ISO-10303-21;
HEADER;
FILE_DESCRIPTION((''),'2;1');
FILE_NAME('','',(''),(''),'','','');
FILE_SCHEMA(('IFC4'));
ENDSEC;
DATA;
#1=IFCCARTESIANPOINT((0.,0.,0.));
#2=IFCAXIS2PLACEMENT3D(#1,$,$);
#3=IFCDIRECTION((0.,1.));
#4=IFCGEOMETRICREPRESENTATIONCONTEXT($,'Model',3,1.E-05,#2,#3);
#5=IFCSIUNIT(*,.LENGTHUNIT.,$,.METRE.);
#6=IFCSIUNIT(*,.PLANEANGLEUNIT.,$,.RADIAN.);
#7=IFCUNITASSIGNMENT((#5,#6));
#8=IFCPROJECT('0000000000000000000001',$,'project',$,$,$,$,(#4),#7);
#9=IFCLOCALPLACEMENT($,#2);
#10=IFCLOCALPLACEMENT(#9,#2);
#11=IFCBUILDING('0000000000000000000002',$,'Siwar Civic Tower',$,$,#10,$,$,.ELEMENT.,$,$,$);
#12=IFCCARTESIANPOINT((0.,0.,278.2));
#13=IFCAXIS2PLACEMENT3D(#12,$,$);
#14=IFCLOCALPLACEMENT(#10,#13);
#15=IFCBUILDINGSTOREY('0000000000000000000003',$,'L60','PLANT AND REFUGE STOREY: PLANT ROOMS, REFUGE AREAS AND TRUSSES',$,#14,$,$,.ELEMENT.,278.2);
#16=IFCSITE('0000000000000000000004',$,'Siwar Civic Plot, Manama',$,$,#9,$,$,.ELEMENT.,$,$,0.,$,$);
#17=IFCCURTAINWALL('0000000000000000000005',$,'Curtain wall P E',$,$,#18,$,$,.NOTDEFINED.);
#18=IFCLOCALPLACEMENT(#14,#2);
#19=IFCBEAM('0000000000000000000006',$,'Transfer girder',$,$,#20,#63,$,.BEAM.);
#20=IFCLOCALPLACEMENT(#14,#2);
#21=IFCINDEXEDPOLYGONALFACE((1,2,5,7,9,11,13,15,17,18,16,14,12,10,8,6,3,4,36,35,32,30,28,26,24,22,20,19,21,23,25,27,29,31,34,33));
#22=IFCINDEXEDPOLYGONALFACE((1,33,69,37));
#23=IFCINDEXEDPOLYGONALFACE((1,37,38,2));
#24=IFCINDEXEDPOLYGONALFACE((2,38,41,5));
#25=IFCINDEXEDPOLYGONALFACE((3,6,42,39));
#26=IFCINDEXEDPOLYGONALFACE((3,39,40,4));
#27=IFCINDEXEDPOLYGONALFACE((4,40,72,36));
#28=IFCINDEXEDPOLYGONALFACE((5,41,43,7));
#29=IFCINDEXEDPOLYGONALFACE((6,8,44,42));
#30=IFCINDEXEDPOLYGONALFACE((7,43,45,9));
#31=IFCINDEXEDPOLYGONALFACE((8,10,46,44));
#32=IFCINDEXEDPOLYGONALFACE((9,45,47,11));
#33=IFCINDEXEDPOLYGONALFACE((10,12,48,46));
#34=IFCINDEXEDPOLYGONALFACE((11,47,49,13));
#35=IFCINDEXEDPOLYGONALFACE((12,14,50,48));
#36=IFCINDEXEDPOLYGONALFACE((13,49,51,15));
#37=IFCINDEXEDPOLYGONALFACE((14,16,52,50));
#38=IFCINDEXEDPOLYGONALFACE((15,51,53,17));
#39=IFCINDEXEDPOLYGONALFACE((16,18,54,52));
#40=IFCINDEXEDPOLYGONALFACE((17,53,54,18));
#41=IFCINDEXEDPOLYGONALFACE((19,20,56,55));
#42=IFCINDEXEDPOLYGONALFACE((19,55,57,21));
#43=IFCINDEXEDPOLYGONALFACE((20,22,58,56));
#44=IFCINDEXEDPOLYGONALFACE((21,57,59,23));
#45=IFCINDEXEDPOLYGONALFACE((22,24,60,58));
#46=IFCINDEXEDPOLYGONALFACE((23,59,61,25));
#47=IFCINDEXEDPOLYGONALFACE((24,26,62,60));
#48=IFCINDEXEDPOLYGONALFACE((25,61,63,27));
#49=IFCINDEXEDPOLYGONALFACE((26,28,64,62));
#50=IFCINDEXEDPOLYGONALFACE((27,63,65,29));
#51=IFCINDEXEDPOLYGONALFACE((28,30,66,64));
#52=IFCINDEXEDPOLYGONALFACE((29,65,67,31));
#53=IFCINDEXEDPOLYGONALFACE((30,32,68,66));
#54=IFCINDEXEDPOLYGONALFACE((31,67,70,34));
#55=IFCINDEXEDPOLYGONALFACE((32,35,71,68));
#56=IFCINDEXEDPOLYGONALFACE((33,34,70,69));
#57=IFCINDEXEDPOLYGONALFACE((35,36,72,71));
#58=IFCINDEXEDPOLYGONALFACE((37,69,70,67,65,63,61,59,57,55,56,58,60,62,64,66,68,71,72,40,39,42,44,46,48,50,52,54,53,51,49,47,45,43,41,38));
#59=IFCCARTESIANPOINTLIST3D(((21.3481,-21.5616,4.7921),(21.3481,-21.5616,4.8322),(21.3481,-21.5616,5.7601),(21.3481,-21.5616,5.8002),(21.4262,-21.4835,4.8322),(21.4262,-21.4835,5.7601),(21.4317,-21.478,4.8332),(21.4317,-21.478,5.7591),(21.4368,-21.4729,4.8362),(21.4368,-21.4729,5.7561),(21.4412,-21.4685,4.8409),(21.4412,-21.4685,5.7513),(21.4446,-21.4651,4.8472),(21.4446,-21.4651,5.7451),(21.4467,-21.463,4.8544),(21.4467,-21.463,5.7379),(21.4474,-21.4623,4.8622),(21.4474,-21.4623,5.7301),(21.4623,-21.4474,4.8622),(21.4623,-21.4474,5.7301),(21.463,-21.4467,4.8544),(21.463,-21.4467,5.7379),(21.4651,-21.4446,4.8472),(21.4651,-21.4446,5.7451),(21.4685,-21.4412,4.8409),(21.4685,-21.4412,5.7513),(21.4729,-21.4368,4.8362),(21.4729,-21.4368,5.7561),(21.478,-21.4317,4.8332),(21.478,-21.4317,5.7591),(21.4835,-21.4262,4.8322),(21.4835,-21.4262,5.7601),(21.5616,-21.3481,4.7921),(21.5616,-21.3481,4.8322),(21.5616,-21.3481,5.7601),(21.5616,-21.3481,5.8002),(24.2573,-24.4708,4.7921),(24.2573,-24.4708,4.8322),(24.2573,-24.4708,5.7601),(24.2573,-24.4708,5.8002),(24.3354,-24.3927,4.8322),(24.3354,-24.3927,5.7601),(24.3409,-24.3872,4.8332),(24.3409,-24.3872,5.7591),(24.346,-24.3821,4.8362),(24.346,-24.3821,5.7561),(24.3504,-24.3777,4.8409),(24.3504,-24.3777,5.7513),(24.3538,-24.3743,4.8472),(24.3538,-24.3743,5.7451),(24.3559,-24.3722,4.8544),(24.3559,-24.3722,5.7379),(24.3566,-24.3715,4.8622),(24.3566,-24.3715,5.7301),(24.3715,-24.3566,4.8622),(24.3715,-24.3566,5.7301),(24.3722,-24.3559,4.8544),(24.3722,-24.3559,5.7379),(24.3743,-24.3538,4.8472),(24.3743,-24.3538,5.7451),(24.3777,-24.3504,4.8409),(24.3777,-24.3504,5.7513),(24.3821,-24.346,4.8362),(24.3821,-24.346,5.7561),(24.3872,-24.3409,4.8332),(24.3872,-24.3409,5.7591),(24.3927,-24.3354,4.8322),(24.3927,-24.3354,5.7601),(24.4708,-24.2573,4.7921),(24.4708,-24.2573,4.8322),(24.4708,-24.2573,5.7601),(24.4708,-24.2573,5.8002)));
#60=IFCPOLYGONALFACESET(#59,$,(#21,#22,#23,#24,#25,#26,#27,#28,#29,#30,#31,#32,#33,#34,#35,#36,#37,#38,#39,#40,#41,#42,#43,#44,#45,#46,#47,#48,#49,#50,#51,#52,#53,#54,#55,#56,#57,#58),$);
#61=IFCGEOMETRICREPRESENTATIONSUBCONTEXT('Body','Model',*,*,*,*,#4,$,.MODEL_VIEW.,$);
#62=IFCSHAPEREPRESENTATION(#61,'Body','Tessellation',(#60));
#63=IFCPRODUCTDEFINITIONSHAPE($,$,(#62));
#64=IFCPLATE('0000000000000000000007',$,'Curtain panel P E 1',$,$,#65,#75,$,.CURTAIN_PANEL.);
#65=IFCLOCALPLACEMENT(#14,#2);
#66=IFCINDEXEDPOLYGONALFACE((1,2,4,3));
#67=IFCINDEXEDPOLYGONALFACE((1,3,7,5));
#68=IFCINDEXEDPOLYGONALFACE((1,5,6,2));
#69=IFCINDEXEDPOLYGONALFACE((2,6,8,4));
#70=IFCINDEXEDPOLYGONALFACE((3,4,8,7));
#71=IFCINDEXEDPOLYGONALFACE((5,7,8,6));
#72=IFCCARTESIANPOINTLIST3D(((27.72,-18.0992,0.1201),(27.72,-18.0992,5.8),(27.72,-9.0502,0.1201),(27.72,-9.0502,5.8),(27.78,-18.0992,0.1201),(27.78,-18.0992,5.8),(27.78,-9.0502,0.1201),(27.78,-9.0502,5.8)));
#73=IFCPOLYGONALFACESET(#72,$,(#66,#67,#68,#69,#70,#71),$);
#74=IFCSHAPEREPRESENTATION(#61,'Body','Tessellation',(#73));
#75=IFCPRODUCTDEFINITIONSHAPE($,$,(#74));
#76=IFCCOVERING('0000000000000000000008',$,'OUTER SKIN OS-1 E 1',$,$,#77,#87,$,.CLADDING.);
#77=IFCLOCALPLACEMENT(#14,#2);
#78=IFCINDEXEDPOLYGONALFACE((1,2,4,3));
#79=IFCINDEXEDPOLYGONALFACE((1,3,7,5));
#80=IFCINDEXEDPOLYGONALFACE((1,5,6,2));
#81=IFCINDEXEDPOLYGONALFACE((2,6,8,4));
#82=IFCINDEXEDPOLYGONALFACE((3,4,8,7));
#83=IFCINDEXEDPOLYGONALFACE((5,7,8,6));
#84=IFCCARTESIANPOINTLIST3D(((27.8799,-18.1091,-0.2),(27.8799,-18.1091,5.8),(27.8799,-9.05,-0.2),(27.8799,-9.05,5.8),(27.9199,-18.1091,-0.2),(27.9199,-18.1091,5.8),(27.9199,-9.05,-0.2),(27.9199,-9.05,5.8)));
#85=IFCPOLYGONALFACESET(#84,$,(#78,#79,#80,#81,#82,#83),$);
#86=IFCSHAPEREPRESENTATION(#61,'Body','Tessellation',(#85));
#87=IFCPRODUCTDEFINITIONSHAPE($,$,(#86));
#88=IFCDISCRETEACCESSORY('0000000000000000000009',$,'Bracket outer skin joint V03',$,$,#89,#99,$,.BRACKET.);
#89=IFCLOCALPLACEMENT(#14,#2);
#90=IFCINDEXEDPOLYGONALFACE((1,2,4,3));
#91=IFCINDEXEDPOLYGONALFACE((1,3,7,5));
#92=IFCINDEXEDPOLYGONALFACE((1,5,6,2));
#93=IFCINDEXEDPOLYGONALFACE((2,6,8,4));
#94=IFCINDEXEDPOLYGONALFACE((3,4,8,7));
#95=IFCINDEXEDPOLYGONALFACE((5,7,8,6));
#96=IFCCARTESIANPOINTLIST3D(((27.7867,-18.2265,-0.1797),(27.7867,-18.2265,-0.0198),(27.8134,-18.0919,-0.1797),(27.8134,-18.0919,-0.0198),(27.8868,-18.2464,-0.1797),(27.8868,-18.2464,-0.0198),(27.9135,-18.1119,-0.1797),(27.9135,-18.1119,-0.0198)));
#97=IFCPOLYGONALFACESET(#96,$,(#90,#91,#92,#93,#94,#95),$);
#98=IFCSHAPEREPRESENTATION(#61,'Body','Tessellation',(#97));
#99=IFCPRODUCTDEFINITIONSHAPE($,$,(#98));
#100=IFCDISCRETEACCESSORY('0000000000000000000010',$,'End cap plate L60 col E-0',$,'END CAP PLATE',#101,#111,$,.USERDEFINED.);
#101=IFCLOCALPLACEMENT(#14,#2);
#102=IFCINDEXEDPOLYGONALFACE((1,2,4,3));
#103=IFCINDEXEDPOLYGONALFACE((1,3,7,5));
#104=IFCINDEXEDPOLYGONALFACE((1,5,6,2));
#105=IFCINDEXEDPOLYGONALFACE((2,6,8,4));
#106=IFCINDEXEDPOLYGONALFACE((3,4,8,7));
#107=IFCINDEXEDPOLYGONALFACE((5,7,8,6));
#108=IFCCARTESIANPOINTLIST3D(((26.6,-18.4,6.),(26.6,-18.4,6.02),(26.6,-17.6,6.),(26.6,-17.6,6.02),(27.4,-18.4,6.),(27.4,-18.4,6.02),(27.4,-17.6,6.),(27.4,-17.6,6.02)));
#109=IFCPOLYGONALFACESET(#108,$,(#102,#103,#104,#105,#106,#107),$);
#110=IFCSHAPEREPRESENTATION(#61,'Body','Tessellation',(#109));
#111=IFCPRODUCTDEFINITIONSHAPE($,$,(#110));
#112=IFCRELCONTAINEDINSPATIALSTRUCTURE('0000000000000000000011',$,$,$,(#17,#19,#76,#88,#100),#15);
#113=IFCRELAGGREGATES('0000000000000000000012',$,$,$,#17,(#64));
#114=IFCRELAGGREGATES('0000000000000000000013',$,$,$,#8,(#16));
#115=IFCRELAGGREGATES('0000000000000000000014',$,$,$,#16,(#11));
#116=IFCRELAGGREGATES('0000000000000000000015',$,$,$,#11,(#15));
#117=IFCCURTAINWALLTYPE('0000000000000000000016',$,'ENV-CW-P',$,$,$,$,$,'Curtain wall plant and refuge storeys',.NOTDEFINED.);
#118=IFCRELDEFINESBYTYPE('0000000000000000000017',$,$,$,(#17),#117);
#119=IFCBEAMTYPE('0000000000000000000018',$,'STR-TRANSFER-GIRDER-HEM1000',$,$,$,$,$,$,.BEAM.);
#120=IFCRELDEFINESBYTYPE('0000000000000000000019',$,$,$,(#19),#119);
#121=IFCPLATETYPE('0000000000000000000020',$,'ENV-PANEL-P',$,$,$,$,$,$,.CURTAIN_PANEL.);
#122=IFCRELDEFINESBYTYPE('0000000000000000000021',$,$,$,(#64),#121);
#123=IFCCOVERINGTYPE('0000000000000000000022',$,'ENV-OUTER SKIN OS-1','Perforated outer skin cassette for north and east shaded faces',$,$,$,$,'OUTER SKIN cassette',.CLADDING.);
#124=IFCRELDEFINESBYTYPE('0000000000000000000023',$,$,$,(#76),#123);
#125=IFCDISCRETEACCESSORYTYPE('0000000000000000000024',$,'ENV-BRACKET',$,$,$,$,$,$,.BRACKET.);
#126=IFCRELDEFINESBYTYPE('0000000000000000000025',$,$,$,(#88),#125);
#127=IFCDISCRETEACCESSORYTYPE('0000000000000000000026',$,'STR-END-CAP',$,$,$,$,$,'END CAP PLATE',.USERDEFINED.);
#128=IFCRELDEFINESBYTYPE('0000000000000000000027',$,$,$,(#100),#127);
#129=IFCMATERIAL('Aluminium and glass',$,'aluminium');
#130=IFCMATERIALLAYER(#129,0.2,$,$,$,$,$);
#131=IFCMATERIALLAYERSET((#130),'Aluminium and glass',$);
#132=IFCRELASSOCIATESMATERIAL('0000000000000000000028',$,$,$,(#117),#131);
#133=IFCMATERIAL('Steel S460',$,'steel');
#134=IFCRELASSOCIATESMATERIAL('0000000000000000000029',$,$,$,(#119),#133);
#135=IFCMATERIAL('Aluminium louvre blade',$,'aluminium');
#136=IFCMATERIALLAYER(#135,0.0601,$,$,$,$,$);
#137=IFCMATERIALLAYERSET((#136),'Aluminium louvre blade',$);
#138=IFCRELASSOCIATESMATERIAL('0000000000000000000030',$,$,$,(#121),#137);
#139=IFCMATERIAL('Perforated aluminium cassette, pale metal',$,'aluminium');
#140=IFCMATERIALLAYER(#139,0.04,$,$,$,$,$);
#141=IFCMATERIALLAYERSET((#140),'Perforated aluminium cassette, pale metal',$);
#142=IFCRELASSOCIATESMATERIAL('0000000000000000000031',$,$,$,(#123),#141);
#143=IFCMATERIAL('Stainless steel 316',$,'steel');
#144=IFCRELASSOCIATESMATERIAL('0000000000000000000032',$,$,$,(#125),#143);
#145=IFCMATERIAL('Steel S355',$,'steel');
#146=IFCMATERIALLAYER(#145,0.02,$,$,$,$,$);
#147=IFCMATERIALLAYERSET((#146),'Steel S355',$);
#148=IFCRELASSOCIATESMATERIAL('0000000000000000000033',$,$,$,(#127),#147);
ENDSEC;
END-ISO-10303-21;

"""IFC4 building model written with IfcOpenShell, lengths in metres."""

from ifc_helpers import new_model, si_unit, direction, frame, origin, origin_2d, place, context, subcontext, project, spatial, rectangle, i_section, extrude, material, layer, layer_set, material_profile, profile_set, type_object, element, aggregate, save


model = new_model("IFC4")

# Units and contexts
model_context = context("Model", 3, precision=1e-05, world=origin(), true_north=direction((0.0, 1.0)))
body_context = subcontext(model_context, "Body", "Model", "MODEL_VIEW")
ifc_project = project(units=[si_unit("LENGTHUNIT", "METRE"), si_unit("PLANEANGLEUNIT", "RADIAN")], contexts=[model_context])

# Site, building, storey
site_placement = place(None, origin())
site = spatial("IfcSite", under=ifc_project, at=site_placement, Name="Siwar Civic Plot, Manama", CompositionType="ELEMENT", RefElevation=0.0)
building_placement = place(site_placement, origin())
building = spatial("IfcBuilding", under=site, at=building_placement, Name="Siwar Civic Tower", CompositionType="ELEMENT")
storey_placement = place(building_placement, frame((0.0, 0.0, 278.2)))
storey = spatial("IfcBuildingStorey", under=building, at=storey_placement, Name="L60", Description="PLANT AND REFUGE STOREY: PLANT ROOMS, REFUGE AREAS AND TRUSSES", CompositionType="ELEMENT", Elevation=278.2)

# Curtain wall
ifc_material_1 = material(Name="Aluminium and glass", Category="aluminium")
ifc_layer_1 = layer(ifc_material_1, 0.2)
ifc_layer_set_1 = layer_set([ifc_layer_1], Name="Aluminium and glass")
curtain_wall_type = type_object("IfcCurtainWallType", Name="ENV-CW-P", ElementType="Curtain wall plant and refuge storeys", PredefinedType="NOTDEFINED", material=ifc_layer_set_1)
curtain_wall_placement = place(storey_placement, origin())
curtain_wall = element("IfcCurtainWall", 1, at=curtain_wall_placement, inside=storey, type_object=curtain_wall_type, Name="Curtain wall P E", PredefinedType="NOTDEFINED")

# Beam
ifc_material_2 = material(Name="Steel S460", Category="steel")
ifc_material_profile_1 = material_profile(ifc_material_2, i_section(OverallWidth=0.302, OverallDepth=1.0081, WebThickness=0.021, FlangeThickness=0.04, FilletRadius=0.03, at=origin_2d()), Name="HEM1000")
ifc_profile_set_1 = profile_set([ifc_material_profile_1], Name="Steel S460")
beam_type_1 = type_object("IfcBeamType", Name="STR-TRANSFER-GIRDER-HEM1000", PredefinedType="BEAM", material=ifc_profile_set_1)
beam_1_placement = place(storey_placement, frame((21.4548, -21.4548, 5.2961), z_axis=(0.707107, -0.707107, 0.0), x_axis=(0.707107, 0.707107, 0.0)))
element("IfcBeam", 2, at=beam_1_placement, inside=storey, type_object=beam_type_1, Name="Transfer girder", PredefinedType="BEAM", context=body_context, shape_type="SweptSolid", body=[
    extrude(i_section(OverallWidth=0.302, OverallDepth=1.0081, WebThickness=0.021, FlangeThickness=0.04, FilletRadius=0.03, at=origin_2d()), origin(), (0.0, 0.0, 1.0), 4.1143),
])

# Plate
ifc_material_3 = material(Name="Aluminium louvre blade", Category="aluminium")
ifc_layer_2 = layer(ifc_material_3, 0.0601)
ifc_layer_set_2 = layer_set([ifc_layer_2], Name="Aluminium louvre blade")
plate_type = type_object("IfcPlateType", Name="ENV-PANEL-P", PredefinedType="CURTAIN_PANEL", material=ifc_layer_set_2)
plate_placement = place(storey_placement, frame((27.75, -13.5747, 0.1201), z_axis=(0.0, 0.0, 1.0), x_axis=(0.0, 1.0, 0.0)))
plate = element("IfcPlate", 3, at=plate_placement, type_object=plate_type, Name="Curtain panel P E 1", PredefinedType="CURTAIN_PANEL", context=body_context, shape_type="SweptSolid", body=[
    extrude(rectangle(XDim=9.0491, YDim=0.0601, at=origin_2d()), origin(), (0.0, 0.0, 1.0), 5.6799),
])
aggregate(curtain_wall, [plate])

# Covering
ifc_material_4 = material(Name="Perforated aluminium cassette, pale metal", Category="aluminium")
ifc_layer_3 = layer(ifc_material_4, 0.04)
ifc_layer_set_3 = layer_set([ifc_layer_3], Name="Perforated aluminium cassette, pale metal")
covering_type = type_object("IfcCoveringType", Name="ENV-OUTER SKIN OS-1", Description="Perforated outer skin cassette for north and east shaded faces", ElementType="OUTER SKIN cassette", PredefinedType="CLADDING", material=ifc_layer_set_3)
covering_placement = place(storey_placement, frame((27.8999, -13.5796, -0.2), z_axis=(0.0, 0.0, 1.0), x_axis=(0.0, 1.0, 0.0)))
element("IfcCovering", 4, at=covering_placement, inside=storey, type_object=covering_type, Name="OUTER SKIN OS-1 E 1", PredefinedType="CLADDING", context=body_context, shape_type="SweptSolid", body=[
    extrude(rectangle(XDim=9.0591, YDim=0.04, at=origin_2d()), origin(), (0.0, 0.0, 1.0), 6.0),
])

# Discrete accessories
ifc_material_5 = material(Name="Stainless steel 316", Category="steel")
discrete_accessory_type_1 = type_object("IfcDiscreteAccessoryType", Name="ENV-BRACKET", PredefinedType="BRACKET", material=ifc_material_5)
discrete_accessory_1_placement = place(storey_placement, frame((27.8501, -18.1692, -0.1797), z_axis=(0.0, 0.0, 1.0), x_axis=(0.980785, -0.19509, 0.0)))
element("IfcDiscreteAccessory", 5, at=discrete_accessory_1_placement, inside=storey, type_object=discrete_accessory_type_1, Name="Bracket outer skin joint V03", PredefinedType="BRACKET", context=body_context, shape_type="SweptSolid", body=[
    extrude(rectangle(XDim=0.1021, YDim=0.1372, at=origin_2d()), origin(), (0.0, 0.0, 1.0), 0.1599),
])
ifc_material_6 = material(Name="Steel S355", Category="steel")
ifc_layer_4 = layer(ifc_material_6, 0.02)
ifc_layer_set_4 = layer_set([ifc_layer_4], Name="Steel S355")
discrete_accessory_type_2 = type_object("IfcDiscreteAccessoryType", Name="STR-END-CAP", ElementType="END CAP PLATE", PredefinedType="USERDEFINED", material=ifc_layer_set_4)
discrete_accessory_2_placement = place(storey_placement, frame((27.0, -18.0, 6.0), z_axis=(0.0, 0.0, 1.0), x_axis=(1.0, 0.0, 0.0)))
element("IfcDiscreteAccessory", 6, at=discrete_accessory_2_placement, inside=storey, type_object=discrete_accessory_type_2, Name="End cap plate L60 col E-0", ObjectType="END CAP PLATE", PredefinedType="USERDEFINED", context=body_context, shape_type="SweptSolid", body=[
    extrude(rectangle(XDim=0.8, YDim=0.8, at=origin_2d()), origin(), (0.0, 0.0, 1.0), 0.02),
])

save(model, "model.ifc")
